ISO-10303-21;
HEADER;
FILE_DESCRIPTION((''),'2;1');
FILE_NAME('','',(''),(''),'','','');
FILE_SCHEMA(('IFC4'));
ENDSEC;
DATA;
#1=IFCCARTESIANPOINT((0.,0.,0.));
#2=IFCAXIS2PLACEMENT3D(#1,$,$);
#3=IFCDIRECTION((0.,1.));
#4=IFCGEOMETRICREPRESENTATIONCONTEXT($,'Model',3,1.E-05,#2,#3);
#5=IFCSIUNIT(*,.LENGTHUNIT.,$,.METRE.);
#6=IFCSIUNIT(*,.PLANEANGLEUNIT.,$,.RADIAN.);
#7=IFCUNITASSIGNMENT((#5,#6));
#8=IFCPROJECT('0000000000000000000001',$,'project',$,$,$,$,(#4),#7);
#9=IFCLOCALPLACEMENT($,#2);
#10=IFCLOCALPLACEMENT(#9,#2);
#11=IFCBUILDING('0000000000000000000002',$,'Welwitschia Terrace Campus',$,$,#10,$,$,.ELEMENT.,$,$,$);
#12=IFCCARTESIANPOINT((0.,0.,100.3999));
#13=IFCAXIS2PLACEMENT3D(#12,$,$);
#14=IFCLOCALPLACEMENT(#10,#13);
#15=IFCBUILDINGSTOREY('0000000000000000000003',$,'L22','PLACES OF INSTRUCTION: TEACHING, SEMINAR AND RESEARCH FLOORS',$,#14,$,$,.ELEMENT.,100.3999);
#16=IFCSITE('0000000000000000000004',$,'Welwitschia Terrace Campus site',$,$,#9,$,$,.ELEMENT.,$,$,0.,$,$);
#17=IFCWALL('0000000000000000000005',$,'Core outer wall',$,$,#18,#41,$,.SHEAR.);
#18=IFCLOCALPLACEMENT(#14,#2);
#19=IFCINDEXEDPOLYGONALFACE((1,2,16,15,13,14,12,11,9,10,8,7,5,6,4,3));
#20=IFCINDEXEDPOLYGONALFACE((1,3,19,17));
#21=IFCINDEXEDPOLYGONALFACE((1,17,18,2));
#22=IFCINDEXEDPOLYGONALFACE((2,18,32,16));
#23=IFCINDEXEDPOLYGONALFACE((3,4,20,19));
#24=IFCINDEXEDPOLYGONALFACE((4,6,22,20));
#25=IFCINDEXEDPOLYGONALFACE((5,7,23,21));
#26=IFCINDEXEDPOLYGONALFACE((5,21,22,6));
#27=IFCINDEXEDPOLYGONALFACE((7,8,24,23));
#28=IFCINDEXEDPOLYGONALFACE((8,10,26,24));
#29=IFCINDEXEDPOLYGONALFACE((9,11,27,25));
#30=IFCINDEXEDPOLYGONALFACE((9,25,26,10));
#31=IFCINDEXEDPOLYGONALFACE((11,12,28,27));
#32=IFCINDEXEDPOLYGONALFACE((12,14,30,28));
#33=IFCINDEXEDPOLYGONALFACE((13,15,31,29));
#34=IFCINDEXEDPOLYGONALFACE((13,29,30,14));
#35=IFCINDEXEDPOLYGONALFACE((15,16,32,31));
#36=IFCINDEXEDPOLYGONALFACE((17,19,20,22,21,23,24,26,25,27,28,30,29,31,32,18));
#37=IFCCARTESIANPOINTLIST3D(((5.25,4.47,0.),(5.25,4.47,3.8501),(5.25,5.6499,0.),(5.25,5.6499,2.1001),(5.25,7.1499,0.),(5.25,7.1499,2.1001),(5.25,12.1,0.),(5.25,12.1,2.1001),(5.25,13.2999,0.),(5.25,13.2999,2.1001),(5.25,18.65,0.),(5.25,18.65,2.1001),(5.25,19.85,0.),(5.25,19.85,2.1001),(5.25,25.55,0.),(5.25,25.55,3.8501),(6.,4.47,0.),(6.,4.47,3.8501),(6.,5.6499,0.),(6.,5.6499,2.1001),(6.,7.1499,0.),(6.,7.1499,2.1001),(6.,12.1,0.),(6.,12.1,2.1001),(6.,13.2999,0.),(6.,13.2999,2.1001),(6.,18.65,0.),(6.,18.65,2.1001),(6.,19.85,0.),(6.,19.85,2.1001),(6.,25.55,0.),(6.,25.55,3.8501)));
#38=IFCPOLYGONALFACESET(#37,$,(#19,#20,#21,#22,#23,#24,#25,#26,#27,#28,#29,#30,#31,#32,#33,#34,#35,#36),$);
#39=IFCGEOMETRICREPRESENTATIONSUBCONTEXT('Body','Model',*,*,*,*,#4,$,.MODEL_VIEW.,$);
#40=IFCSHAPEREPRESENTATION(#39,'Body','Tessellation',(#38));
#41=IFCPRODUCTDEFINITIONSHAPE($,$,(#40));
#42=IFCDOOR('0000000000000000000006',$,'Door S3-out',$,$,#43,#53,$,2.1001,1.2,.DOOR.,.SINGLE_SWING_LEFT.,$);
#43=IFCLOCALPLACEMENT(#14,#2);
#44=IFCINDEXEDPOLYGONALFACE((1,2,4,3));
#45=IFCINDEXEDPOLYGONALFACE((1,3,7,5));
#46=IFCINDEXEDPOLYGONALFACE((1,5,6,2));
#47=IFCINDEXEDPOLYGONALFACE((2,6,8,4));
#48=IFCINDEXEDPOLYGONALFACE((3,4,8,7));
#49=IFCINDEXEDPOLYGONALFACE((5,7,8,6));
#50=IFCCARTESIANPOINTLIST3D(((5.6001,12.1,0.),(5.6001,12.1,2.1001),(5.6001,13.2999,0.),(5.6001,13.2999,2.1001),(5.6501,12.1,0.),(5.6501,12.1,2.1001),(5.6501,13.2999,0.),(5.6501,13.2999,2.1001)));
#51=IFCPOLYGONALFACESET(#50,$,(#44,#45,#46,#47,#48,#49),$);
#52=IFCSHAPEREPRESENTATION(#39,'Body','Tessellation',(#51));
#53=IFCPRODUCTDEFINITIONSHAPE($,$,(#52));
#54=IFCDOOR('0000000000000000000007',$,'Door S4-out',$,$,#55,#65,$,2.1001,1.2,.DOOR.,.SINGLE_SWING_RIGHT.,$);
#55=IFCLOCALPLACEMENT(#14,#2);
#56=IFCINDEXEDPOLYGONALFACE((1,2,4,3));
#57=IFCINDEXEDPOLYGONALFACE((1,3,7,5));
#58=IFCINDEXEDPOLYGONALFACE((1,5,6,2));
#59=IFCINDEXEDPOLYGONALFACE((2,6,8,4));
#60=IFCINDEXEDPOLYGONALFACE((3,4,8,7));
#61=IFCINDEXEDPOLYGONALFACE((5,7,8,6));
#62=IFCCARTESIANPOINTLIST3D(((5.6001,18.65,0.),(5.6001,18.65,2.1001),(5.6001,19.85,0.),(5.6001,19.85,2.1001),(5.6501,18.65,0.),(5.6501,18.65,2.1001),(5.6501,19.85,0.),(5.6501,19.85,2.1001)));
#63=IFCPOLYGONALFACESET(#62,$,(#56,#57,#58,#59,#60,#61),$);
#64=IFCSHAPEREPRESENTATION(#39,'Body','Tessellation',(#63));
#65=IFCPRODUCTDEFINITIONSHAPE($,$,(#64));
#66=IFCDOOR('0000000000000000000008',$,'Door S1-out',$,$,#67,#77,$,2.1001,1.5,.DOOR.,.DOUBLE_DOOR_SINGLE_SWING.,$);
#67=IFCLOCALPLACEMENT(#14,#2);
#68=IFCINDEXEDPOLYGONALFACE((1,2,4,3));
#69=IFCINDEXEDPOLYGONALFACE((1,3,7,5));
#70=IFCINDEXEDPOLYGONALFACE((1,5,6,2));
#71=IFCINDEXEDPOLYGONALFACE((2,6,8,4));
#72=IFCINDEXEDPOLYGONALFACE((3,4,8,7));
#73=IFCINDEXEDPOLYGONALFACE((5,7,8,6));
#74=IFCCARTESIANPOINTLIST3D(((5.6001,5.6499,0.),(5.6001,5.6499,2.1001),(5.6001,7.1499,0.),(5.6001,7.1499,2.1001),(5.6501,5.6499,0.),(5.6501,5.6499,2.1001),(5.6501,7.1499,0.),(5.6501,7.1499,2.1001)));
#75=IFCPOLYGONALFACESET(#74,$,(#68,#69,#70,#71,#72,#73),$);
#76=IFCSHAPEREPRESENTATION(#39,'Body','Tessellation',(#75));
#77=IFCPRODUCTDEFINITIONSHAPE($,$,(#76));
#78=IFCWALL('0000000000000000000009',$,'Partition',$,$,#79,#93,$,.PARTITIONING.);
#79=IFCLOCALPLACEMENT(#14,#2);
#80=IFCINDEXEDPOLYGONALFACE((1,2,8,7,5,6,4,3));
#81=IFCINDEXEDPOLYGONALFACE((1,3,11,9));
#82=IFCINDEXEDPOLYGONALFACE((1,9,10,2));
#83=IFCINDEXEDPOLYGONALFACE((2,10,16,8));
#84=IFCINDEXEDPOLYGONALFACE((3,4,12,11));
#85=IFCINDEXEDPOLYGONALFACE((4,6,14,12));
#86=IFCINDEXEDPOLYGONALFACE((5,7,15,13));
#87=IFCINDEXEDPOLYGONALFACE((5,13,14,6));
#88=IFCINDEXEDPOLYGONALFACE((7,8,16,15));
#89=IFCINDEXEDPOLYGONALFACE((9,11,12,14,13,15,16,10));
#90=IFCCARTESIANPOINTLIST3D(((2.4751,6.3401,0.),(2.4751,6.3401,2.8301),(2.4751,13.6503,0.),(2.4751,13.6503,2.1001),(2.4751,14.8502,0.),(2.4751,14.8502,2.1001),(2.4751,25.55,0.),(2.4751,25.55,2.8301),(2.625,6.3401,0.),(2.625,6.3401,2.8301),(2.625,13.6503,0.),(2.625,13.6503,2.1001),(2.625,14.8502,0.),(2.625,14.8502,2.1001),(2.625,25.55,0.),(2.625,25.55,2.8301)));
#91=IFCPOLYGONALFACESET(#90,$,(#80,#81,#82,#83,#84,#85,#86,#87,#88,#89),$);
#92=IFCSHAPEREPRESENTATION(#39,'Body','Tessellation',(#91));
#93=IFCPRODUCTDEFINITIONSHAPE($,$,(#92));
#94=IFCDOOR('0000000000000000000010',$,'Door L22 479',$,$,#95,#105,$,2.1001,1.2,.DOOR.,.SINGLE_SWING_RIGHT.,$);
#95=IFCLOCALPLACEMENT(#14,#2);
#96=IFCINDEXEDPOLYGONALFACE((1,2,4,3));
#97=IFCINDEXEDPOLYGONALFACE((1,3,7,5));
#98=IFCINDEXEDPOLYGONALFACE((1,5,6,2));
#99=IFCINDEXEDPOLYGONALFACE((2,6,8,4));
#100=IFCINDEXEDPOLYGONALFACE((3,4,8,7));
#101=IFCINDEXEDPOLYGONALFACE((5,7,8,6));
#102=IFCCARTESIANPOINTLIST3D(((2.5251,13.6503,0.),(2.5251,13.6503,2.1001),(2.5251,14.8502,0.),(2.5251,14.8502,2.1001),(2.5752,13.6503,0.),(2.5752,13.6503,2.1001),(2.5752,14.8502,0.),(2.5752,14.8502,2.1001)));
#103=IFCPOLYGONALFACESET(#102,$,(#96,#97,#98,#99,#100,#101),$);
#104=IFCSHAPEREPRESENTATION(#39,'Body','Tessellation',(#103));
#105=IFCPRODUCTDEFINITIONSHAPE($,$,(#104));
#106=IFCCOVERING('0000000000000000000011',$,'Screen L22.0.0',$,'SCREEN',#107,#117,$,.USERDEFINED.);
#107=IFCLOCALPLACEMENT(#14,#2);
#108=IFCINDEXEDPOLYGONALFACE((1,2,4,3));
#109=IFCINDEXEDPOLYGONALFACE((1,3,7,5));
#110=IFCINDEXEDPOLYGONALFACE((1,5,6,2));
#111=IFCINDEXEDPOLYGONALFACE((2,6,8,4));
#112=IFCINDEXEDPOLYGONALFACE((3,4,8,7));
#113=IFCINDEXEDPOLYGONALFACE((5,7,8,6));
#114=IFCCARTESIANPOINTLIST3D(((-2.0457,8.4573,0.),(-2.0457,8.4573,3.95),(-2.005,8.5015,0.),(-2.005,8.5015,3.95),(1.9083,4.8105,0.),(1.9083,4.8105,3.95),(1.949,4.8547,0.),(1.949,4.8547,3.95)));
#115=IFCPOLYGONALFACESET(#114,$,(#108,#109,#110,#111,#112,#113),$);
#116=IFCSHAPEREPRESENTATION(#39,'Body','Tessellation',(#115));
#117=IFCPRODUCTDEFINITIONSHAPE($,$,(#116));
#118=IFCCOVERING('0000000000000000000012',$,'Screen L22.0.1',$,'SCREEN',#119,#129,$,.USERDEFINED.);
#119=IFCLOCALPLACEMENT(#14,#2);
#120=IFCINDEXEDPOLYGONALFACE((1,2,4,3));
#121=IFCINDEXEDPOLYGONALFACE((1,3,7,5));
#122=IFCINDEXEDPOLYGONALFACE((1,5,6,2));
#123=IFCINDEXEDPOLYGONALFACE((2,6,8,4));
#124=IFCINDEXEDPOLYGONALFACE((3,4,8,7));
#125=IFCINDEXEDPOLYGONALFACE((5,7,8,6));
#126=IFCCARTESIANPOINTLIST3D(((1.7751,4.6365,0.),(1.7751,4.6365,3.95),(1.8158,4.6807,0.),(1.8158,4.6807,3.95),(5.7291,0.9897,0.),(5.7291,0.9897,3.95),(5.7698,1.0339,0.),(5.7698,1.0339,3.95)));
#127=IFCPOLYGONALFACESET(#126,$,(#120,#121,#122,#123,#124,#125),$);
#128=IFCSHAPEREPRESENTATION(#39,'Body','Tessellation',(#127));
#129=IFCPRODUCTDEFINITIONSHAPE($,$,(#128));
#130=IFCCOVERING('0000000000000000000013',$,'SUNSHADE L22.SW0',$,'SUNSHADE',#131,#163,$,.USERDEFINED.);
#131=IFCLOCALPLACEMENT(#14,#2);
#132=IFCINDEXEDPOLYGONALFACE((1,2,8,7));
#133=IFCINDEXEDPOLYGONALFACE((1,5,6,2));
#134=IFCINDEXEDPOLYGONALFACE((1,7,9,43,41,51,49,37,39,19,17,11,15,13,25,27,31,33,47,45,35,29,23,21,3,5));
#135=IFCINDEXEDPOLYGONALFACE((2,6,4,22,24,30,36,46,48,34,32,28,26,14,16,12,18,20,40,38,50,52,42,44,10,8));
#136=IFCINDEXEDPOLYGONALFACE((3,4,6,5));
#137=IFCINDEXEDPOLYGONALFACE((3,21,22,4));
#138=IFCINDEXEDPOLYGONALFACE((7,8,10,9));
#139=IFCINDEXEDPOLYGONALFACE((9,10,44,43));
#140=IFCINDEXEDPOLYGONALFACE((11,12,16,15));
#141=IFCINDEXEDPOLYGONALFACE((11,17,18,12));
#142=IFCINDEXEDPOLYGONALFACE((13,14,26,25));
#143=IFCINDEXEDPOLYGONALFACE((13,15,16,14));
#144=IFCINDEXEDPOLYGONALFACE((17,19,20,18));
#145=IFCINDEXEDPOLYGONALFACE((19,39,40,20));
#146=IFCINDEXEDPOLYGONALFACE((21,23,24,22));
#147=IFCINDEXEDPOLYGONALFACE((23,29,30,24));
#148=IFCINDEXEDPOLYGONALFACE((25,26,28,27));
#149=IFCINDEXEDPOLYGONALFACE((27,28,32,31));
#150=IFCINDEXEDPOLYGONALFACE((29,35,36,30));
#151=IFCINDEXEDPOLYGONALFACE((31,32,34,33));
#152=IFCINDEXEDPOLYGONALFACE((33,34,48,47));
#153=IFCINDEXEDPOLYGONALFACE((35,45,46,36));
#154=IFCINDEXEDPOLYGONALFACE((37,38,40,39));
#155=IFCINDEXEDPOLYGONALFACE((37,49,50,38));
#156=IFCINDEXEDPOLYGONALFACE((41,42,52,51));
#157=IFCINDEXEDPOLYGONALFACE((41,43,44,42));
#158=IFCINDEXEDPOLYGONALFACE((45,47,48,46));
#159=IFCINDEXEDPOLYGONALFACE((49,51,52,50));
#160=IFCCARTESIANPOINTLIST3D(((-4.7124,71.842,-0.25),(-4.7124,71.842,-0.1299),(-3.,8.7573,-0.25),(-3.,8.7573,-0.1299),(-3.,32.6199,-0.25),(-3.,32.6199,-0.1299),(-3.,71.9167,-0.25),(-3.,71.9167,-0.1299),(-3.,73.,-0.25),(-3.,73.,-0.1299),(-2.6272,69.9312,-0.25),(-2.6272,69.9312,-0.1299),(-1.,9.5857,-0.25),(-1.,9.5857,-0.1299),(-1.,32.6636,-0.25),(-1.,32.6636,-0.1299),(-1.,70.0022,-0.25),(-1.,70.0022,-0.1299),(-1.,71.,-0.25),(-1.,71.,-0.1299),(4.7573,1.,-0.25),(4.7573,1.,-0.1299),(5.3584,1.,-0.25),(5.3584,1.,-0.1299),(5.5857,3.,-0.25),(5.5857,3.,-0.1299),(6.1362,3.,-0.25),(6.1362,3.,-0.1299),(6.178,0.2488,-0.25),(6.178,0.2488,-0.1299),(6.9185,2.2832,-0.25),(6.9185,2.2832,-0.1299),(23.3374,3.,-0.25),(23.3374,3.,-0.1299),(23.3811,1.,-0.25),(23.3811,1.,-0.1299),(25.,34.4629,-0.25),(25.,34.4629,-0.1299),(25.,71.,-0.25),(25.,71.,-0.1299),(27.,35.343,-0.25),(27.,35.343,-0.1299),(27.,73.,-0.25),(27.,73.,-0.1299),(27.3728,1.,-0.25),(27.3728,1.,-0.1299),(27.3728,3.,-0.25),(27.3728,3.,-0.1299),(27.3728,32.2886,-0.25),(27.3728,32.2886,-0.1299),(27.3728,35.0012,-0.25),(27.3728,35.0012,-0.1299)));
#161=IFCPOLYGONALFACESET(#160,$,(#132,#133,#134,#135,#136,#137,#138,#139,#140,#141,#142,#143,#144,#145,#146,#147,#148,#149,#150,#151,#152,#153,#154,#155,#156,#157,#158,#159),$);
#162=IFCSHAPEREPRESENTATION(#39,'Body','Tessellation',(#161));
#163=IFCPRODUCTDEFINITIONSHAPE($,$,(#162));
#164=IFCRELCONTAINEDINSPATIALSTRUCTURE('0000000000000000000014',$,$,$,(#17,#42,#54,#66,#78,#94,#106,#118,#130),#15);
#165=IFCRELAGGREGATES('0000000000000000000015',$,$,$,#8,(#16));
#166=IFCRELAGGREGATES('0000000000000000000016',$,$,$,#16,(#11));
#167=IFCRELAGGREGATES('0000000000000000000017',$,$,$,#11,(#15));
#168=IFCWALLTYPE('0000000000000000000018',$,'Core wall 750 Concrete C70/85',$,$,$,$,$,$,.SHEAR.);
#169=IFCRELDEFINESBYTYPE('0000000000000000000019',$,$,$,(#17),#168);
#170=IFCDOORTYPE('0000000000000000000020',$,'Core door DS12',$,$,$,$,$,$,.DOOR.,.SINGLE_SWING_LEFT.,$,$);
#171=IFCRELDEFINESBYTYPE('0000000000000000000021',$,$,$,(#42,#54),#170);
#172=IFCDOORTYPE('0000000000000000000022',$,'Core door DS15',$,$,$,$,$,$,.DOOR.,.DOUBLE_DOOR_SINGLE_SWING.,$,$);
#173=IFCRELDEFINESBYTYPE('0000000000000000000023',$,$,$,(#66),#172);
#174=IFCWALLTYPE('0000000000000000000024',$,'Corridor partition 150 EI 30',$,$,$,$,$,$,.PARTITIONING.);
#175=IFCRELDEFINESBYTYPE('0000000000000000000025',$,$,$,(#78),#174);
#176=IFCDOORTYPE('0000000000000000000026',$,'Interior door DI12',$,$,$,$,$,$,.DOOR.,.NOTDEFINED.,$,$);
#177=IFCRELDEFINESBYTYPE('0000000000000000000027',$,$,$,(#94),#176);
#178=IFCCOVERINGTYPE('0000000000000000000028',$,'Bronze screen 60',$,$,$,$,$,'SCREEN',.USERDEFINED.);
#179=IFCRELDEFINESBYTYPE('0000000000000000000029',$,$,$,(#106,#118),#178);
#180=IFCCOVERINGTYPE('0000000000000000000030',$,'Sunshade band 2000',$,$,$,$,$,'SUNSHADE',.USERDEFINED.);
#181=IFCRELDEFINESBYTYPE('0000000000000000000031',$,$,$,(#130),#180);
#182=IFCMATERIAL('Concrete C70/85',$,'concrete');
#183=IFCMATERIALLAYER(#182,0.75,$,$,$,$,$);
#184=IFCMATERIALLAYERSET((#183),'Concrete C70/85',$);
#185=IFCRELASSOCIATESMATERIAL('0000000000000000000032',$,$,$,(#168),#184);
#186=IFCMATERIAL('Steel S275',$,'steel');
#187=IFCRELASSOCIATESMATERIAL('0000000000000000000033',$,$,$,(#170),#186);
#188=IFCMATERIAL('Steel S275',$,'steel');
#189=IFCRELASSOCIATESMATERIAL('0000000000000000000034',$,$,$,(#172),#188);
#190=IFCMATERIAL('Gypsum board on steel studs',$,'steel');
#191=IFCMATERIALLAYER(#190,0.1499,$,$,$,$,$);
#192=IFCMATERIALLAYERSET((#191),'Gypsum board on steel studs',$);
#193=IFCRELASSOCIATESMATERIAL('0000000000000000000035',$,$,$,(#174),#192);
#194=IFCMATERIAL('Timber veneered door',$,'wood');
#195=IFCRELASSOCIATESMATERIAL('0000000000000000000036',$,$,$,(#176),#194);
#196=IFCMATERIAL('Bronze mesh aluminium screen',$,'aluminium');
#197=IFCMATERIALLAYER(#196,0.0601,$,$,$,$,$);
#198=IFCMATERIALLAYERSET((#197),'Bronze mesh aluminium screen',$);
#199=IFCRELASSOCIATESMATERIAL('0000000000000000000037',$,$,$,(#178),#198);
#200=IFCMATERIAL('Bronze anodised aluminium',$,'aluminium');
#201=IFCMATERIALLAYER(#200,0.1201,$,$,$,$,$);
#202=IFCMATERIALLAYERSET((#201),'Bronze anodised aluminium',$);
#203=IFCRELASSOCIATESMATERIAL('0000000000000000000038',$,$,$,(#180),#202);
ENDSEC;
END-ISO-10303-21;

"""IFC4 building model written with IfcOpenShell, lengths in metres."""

from ifc_helpers import new_model, si_unit, direction, frame, frame_2d, origin, origin_2d, place, context, subcontext, project, spatial, polyline, rectangle, outline, extrude, material, layer, layer_set, type_object, element, fill, save


model = new_model("IFC4")

# Units and contexts
model_context = context("Model", 3, precision=1e-05, world=origin(), true_north=direction((0.0, 1.0)))
body_context = subcontext(model_context, "Body", "Model", "MODEL_VIEW")
ifc_project = project(units=[si_unit("LENGTHUNIT", "METRE"), si_unit("PLANEANGLEUNIT", "RADIAN")], contexts=[model_context])

# Site, building, storey
site_placement = place(None, origin())
site = spatial("IfcSite", under=ifc_project, at=site_placement, Name="Welwitschia Terrace Campus site", CompositionType="ELEMENT", RefElevation=0.0)
building_placement = place(site_placement, origin())
building = spatial("IfcBuilding", under=site, at=building_placement, Name="Welwitschia Terrace Campus", CompositionType="ELEMENT")
storey_placement = place(building_placement, frame((0.0, 0.0, 100.3999)))
storey = spatial("IfcBuildingStorey", under=building, at=storey_placement, Name="L22", Description="PLACES OF INSTRUCTION: TEACHING, SEMINAR AND RESEARCH FLOORS", CompositionType="ELEMENT", Elevation=100.3999)

# Wall, openings, doors
ifc_material_1 = material(Name="Concrete C70/85", Category="concrete")
ifc_layer_1 = layer(ifc_material_1, 0.75)
ifc_layer_set_1 = layer_set([ifc_layer_1], Name="Concrete C70/85")
wall_type_1 = type_object("IfcWallType", Name="Core wall 750 Concrete C70/85", PredefinedType="SHEAR", material=ifc_layer_set_1)
wall_1_placement = place(storey_placement, frame((5.625, 4.47, 0.0), z_axis=(0.0, 0.0, 1.0), x_axis=(0.0, 1.0, 0.0)))
wall_1 = element("IfcWall", 1, at=wall_1_placement, inside=storey, type_object=wall_type_1, Name="Core outer wall", PredefinedType="SHEAR", context=body_context, shape_type="SweptSolid", body=[
    extrude(rectangle(XDim=21.0801, YDim=0.75, at=frame_2d((10.54, 0.0))), origin(), (0.0, 0.0, 1.0), 3.8501),
])
opening_1_placement = place(wall_1_placement, frame((1.1799, 0.0, 0.0)))
opening_1 = element("IfcOpeningElement", 2, at=opening_1_placement, cuts=wall_1, PredefinedType="OPENING", context=body_context, shape_type="SweptSolid", body=[
    extrude(rectangle(XDim=1.5, YDim=2.1001, at=frame_2d((0.75, 1.05))), frame((0.0, 0.385, 0.0), z_axis=(0.0, -1.0, 0.0), x_axis=(1.0, 0.0, 0.0)), (0.0, 0.0, 1.0), 0.77),
])
opening_2_placement = place(wall_1_placement, frame((7.6299, 0.0, 0.0)))
opening_2 = element("IfcOpeningElement", 3, at=opening_2_placement, cuts=wall_1, PredefinedType="OPENING", context=body_context, shape_type="SweptSolid", body=[
    extrude(rectangle(XDim=1.2, YDim=2.1001, at=frame_2d((0.6001, 1.05))), frame((0.0, 0.385, 0.0), z_axis=(0.0, -1.0, 0.0), x_axis=(1.0, 0.0, 0.0)), (0.0, 0.0, 1.0), 0.77),
])
opening_3_placement = place(wall_1_placement, frame((14.1799, 0.0, 0.0)))
opening_3 = element("IfcOpeningElement", 4, at=opening_3_placement, cuts=wall_1, PredefinedType="OPENING", context=body_context, shape_type="SweptSolid", body=[
    extrude(rectangle(XDim=1.2, YDim=2.1001, at=frame_2d((0.6001, 1.05))), frame((0.0, 0.385, 0.0), z_axis=(0.0, -1.0, 0.0), x_axis=(1.0, 0.0, 0.0)), (0.0, 0.0, 1.0), 0.77),
])
ifc_material_2 = material(Name="Steel S275", Category="steel")
door_type_1 = type_object("IfcDoorType", Name="Core door DS12", OperationType="SINGLE_SWING_LEFT", PredefinedType="DOOR", material=ifc_material_2)
door_1_placement = place(opening_2_placement, origin())
door_1 = element("IfcDoor", 5, at=door_1_placement, inside=storey, type_object=door_type_1, Name="Door S3-out", OperationType="SINGLE_SWING_LEFT", OverallHeight=2.1001, OverallWidth=1.2, PredefinedType="DOOR", context=body_context, shape_type="SweptSolid", body=[
    extrude(rectangle(XDim=1.2, YDim=2.1001, at=frame_2d((0.6001, 1.05))), frame((0.0, 0.0249, 0.0), z_axis=(0.0, -1.0, 0.0), x_axis=(1.0, 0.0, 0.0)), (0.0, 0.0, 1.0), 0.05),
])
fill(opening_2, door_1)
door_2_placement = place(opening_3_placement, origin())
door_2 = element("IfcDoor", 6, at=door_2_placement, inside=storey, type_object=door_type_1, Name="Door S4-out", OperationType="SINGLE_SWING_RIGHT", OverallHeight=2.1001, OverallWidth=1.2, PredefinedType="DOOR", context=body_context, shape_type="SweptSolid", body=[
    extrude(rectangle(XDim=1.2, YDim=2.1001, at=frame_2d((0.6001, 1.05))), frame((0.0, 0.0249, 0.0), z_axis=(0.0, -1.0, 0.0), x_axis=(1.0, 0.0, 0.0)), (0.0, 0.0, 1.0), 0.05),
])
fill(opening_3, door_2)
ifc_material_3 = material(Name="Steel S275", Category="steel")
door_type_2 = type_object("IfcDoorType", Name="Core door DS15", OperationType="DOUBLE_DOOR_SINGLE_SWING", PredefinedType="DOOR", material=ifc_material_3)
door_3_placement = place(opening_1_placement, origin())
door_3 = element("IfcDoor", 7, at=door_3_placement, inside=storey, type_object=door_type_2, Name="Door S1-out", OperationType="DOUBLE_DOOR_SINGLE_SWING", OverallHeight=2.1001, OverallWidth=1.5, PredefinedType="DOOR", context=body_context, shape_type="SweptSolid", body=[
    extrude(rectangle(XDim=1.5, YDim=2.1001, at=frame_2d((0.75, 1.05))), frame((0.0, 0.0249, 0.0), z_axis=(0.0, -1.0, 0.0), x_axis=(1.0, 0.0, 0.0)), (0.0, 0.0, 1.0), 0.05),
])
fill(opening_1, door_3)

# Wall, opening, door
ifc_material_4 = material(Name="Gypsum board on steel studs", Category="steel")
ifc_layer_2 = layer(ifc_material_4, 0.1499)
ifc_layer_set_2 = layer_set([ifc_layer_2], Name="Gypsum board on steel studs")
wall_type_2 = type_object("IfcWallType", Name="Corridor partition 150 EI 30", PredefinedType="PARTITIONING", material=ifc_layer_set_2)
wall_2_placement = place(storey_placement, frame((2.55, 6.3401, 0.0), z_axis=(0.0, 0.0, 1.0), x_axis=(0.0, 1.0, 0.0)))
wall_2 = element("IfcWall", 8, at=wall_2_placement, inside=storey, type_object=wall_type_2, Name="Partition", PredefinedType="PARTITIONING", context=body_context, shape_type="SweptSolid", body=[
    extrude(rectangle(XDim=19.21, YDim=0.1499, at=frame_2d((9.605, 0.0))), origin(), (0.0, 0.0, 1.0), 2.8301),
])
opening_4_placement = place(wall_2_placement, frame((7.3101, 0.0, 0.0)))
opening_4 = element("IfcOpeningElement", 9, at=opening_4_placement, cuts=wall_2, PredefinedType="OPENING", context=body_context, shape_type="SweptSolid", body=[
    extrude(rectangle(XDim=1.2, YDim=2.1001, at=frame_2d((0.6001, 1.05))), frame((0.0, 0.085, 0.0), z_axis=(0.0, -1.0, 0.0), x_axis=(1.0, 0.0, 0.0)), (0.0, 0.0, 1.0), 0.1699),
])
ifc_material_5 = material(Name="Timber veneered door", Category="wood")
door_type_3 = type_object("IfcDoorType", Name="Interior door DI12", OperationType="NOTDEFINED", PredefinedType="DOOR", material=ifc_material_5)
door_4_placement = place(opening_4_placement, origin())
door_4 = element("IfcDoor", 10, at=door_4_placement, inside=storey, type_object=door_type_3, Name="Door L22 479", OperationType="SINGLE_SWING_RIGHT", OverallHeight=2.1001, OverallWidth=1.2, PredefinedType="DOOR", context=body_context, shape_type="SweptSolid", body=[
    extrude(rectangle(XDim=1.2, YDim=2.1001, at=frame_2d((0.6001, 1.05))), frame((0.0, 0.0249, 0.0), z_axis=(0.0, -1.0, 0.0), x_axis=(1.0, 0.0, 0.0)), (0.0, 0.0, 1.0), 0.05),
])
fill(opening_4, door_4)

# Coverings
ifc_material_6 = material(Name="Bronze mesh aluminium screen", Category="aluminium")
ifc_layer_3 = layer(ifc_material_6, 0.0601)
ifc_layer_set_3 = layer_set([ifc_layer_3], Name="Bronze mesh aluminium screen")
covering_type_1 = type_object("IfcCoveringType", Name="Bronze screen 60", ElementType="SCREEN", PredefinedType="USERDEFINED", material=ifc_layer_set_3)
for number, where, z_axis, x_axis, name in (
    (11, (-0.0483, 6.656, 0.0), (0.0, 0.0, 1.0), (0.735084, -0.677976, 0.0), "Screen L22.0.0"),
    (12, (3.7725, 2.8352, 0.0), (0.0, 0.0, 1.0), (0.735084, -0.677976, 0.0), "Screen L22.0.1"),
):
    element("IfcCovering", number, at=place(storey_placement, frame(where, z_axis=z_axis, x_axis=x_axis)), inside=storey, type_object=covering_type_1, Name=name, ObjectType="SCREEN", PredefinedType="USERDEFINED", context=body_context, shape_type="SweptSolid", body=[
        extrude(rectangle(XDim=5.3789, YDim=0.0601, at=origin_2d()), origin(), (0.0, 0.0, 1.0), 3.95),
    ])
ifc_material_7 = material(Name="Bronze anodised aluminium", Category="aluminium")
ifc_layer_4 = layer(ifc_material_7, 0.1201)
ifc_layer_set_4 = layer_set([ifc_layer_4], Name="Bronze anodised aluminium")
covering_type_2 = type_object("IfcCoveringType", Name="Sunshade band 2000", ElementType="SUNSHADE", PredefinedType="USERDEFINED", material=ifc_layer_set_4)
covering_1_placement = place(storey_placement, frame((0.0, 0.0, -0.25)))
element("IfcCovering", 13, at=covering_1_placement, inside=storey, type_object=covering_type_2, Name="SUNSHADE L22.SW0", ObjectType="SUNSHADE", PredefinedType="USERDEFINED", context=body_context, shape_type="SweptSolid", body=[
    extrude(outline(polyline([(-3.0, 73.0), (27.0, 73.0), (27.0, 35.343), (27.3728, 35.0012), (27.3728, 32.2886), (25.0, 34.4629), (25.0, 71.0), (-1.0, 71.0), (-1.0, 70.0022), (-2.6272, 69.9312), (-1.0, 32.6636), (-1.0, 9.5857), (5.5857, 3.0), (6.1362, 3.0), (6.9185, 2.2832), (23.3374, 3.0), (27.3728, 3.0), (27.3728, 1.0), (23.3811, 1.0), (6.178, 0.2488), (5.3584, 1.0), (4.7573, 1.0), (-3.0, 8.7573), (-3.0, 32.6199), (-4.7124, 71.842), (-3.0, 71.9167), (-3.0, 73.0)])), origin(), (0.0, 0.0, 1.0), 0.1201),
])

save(model, "model.ifc")
